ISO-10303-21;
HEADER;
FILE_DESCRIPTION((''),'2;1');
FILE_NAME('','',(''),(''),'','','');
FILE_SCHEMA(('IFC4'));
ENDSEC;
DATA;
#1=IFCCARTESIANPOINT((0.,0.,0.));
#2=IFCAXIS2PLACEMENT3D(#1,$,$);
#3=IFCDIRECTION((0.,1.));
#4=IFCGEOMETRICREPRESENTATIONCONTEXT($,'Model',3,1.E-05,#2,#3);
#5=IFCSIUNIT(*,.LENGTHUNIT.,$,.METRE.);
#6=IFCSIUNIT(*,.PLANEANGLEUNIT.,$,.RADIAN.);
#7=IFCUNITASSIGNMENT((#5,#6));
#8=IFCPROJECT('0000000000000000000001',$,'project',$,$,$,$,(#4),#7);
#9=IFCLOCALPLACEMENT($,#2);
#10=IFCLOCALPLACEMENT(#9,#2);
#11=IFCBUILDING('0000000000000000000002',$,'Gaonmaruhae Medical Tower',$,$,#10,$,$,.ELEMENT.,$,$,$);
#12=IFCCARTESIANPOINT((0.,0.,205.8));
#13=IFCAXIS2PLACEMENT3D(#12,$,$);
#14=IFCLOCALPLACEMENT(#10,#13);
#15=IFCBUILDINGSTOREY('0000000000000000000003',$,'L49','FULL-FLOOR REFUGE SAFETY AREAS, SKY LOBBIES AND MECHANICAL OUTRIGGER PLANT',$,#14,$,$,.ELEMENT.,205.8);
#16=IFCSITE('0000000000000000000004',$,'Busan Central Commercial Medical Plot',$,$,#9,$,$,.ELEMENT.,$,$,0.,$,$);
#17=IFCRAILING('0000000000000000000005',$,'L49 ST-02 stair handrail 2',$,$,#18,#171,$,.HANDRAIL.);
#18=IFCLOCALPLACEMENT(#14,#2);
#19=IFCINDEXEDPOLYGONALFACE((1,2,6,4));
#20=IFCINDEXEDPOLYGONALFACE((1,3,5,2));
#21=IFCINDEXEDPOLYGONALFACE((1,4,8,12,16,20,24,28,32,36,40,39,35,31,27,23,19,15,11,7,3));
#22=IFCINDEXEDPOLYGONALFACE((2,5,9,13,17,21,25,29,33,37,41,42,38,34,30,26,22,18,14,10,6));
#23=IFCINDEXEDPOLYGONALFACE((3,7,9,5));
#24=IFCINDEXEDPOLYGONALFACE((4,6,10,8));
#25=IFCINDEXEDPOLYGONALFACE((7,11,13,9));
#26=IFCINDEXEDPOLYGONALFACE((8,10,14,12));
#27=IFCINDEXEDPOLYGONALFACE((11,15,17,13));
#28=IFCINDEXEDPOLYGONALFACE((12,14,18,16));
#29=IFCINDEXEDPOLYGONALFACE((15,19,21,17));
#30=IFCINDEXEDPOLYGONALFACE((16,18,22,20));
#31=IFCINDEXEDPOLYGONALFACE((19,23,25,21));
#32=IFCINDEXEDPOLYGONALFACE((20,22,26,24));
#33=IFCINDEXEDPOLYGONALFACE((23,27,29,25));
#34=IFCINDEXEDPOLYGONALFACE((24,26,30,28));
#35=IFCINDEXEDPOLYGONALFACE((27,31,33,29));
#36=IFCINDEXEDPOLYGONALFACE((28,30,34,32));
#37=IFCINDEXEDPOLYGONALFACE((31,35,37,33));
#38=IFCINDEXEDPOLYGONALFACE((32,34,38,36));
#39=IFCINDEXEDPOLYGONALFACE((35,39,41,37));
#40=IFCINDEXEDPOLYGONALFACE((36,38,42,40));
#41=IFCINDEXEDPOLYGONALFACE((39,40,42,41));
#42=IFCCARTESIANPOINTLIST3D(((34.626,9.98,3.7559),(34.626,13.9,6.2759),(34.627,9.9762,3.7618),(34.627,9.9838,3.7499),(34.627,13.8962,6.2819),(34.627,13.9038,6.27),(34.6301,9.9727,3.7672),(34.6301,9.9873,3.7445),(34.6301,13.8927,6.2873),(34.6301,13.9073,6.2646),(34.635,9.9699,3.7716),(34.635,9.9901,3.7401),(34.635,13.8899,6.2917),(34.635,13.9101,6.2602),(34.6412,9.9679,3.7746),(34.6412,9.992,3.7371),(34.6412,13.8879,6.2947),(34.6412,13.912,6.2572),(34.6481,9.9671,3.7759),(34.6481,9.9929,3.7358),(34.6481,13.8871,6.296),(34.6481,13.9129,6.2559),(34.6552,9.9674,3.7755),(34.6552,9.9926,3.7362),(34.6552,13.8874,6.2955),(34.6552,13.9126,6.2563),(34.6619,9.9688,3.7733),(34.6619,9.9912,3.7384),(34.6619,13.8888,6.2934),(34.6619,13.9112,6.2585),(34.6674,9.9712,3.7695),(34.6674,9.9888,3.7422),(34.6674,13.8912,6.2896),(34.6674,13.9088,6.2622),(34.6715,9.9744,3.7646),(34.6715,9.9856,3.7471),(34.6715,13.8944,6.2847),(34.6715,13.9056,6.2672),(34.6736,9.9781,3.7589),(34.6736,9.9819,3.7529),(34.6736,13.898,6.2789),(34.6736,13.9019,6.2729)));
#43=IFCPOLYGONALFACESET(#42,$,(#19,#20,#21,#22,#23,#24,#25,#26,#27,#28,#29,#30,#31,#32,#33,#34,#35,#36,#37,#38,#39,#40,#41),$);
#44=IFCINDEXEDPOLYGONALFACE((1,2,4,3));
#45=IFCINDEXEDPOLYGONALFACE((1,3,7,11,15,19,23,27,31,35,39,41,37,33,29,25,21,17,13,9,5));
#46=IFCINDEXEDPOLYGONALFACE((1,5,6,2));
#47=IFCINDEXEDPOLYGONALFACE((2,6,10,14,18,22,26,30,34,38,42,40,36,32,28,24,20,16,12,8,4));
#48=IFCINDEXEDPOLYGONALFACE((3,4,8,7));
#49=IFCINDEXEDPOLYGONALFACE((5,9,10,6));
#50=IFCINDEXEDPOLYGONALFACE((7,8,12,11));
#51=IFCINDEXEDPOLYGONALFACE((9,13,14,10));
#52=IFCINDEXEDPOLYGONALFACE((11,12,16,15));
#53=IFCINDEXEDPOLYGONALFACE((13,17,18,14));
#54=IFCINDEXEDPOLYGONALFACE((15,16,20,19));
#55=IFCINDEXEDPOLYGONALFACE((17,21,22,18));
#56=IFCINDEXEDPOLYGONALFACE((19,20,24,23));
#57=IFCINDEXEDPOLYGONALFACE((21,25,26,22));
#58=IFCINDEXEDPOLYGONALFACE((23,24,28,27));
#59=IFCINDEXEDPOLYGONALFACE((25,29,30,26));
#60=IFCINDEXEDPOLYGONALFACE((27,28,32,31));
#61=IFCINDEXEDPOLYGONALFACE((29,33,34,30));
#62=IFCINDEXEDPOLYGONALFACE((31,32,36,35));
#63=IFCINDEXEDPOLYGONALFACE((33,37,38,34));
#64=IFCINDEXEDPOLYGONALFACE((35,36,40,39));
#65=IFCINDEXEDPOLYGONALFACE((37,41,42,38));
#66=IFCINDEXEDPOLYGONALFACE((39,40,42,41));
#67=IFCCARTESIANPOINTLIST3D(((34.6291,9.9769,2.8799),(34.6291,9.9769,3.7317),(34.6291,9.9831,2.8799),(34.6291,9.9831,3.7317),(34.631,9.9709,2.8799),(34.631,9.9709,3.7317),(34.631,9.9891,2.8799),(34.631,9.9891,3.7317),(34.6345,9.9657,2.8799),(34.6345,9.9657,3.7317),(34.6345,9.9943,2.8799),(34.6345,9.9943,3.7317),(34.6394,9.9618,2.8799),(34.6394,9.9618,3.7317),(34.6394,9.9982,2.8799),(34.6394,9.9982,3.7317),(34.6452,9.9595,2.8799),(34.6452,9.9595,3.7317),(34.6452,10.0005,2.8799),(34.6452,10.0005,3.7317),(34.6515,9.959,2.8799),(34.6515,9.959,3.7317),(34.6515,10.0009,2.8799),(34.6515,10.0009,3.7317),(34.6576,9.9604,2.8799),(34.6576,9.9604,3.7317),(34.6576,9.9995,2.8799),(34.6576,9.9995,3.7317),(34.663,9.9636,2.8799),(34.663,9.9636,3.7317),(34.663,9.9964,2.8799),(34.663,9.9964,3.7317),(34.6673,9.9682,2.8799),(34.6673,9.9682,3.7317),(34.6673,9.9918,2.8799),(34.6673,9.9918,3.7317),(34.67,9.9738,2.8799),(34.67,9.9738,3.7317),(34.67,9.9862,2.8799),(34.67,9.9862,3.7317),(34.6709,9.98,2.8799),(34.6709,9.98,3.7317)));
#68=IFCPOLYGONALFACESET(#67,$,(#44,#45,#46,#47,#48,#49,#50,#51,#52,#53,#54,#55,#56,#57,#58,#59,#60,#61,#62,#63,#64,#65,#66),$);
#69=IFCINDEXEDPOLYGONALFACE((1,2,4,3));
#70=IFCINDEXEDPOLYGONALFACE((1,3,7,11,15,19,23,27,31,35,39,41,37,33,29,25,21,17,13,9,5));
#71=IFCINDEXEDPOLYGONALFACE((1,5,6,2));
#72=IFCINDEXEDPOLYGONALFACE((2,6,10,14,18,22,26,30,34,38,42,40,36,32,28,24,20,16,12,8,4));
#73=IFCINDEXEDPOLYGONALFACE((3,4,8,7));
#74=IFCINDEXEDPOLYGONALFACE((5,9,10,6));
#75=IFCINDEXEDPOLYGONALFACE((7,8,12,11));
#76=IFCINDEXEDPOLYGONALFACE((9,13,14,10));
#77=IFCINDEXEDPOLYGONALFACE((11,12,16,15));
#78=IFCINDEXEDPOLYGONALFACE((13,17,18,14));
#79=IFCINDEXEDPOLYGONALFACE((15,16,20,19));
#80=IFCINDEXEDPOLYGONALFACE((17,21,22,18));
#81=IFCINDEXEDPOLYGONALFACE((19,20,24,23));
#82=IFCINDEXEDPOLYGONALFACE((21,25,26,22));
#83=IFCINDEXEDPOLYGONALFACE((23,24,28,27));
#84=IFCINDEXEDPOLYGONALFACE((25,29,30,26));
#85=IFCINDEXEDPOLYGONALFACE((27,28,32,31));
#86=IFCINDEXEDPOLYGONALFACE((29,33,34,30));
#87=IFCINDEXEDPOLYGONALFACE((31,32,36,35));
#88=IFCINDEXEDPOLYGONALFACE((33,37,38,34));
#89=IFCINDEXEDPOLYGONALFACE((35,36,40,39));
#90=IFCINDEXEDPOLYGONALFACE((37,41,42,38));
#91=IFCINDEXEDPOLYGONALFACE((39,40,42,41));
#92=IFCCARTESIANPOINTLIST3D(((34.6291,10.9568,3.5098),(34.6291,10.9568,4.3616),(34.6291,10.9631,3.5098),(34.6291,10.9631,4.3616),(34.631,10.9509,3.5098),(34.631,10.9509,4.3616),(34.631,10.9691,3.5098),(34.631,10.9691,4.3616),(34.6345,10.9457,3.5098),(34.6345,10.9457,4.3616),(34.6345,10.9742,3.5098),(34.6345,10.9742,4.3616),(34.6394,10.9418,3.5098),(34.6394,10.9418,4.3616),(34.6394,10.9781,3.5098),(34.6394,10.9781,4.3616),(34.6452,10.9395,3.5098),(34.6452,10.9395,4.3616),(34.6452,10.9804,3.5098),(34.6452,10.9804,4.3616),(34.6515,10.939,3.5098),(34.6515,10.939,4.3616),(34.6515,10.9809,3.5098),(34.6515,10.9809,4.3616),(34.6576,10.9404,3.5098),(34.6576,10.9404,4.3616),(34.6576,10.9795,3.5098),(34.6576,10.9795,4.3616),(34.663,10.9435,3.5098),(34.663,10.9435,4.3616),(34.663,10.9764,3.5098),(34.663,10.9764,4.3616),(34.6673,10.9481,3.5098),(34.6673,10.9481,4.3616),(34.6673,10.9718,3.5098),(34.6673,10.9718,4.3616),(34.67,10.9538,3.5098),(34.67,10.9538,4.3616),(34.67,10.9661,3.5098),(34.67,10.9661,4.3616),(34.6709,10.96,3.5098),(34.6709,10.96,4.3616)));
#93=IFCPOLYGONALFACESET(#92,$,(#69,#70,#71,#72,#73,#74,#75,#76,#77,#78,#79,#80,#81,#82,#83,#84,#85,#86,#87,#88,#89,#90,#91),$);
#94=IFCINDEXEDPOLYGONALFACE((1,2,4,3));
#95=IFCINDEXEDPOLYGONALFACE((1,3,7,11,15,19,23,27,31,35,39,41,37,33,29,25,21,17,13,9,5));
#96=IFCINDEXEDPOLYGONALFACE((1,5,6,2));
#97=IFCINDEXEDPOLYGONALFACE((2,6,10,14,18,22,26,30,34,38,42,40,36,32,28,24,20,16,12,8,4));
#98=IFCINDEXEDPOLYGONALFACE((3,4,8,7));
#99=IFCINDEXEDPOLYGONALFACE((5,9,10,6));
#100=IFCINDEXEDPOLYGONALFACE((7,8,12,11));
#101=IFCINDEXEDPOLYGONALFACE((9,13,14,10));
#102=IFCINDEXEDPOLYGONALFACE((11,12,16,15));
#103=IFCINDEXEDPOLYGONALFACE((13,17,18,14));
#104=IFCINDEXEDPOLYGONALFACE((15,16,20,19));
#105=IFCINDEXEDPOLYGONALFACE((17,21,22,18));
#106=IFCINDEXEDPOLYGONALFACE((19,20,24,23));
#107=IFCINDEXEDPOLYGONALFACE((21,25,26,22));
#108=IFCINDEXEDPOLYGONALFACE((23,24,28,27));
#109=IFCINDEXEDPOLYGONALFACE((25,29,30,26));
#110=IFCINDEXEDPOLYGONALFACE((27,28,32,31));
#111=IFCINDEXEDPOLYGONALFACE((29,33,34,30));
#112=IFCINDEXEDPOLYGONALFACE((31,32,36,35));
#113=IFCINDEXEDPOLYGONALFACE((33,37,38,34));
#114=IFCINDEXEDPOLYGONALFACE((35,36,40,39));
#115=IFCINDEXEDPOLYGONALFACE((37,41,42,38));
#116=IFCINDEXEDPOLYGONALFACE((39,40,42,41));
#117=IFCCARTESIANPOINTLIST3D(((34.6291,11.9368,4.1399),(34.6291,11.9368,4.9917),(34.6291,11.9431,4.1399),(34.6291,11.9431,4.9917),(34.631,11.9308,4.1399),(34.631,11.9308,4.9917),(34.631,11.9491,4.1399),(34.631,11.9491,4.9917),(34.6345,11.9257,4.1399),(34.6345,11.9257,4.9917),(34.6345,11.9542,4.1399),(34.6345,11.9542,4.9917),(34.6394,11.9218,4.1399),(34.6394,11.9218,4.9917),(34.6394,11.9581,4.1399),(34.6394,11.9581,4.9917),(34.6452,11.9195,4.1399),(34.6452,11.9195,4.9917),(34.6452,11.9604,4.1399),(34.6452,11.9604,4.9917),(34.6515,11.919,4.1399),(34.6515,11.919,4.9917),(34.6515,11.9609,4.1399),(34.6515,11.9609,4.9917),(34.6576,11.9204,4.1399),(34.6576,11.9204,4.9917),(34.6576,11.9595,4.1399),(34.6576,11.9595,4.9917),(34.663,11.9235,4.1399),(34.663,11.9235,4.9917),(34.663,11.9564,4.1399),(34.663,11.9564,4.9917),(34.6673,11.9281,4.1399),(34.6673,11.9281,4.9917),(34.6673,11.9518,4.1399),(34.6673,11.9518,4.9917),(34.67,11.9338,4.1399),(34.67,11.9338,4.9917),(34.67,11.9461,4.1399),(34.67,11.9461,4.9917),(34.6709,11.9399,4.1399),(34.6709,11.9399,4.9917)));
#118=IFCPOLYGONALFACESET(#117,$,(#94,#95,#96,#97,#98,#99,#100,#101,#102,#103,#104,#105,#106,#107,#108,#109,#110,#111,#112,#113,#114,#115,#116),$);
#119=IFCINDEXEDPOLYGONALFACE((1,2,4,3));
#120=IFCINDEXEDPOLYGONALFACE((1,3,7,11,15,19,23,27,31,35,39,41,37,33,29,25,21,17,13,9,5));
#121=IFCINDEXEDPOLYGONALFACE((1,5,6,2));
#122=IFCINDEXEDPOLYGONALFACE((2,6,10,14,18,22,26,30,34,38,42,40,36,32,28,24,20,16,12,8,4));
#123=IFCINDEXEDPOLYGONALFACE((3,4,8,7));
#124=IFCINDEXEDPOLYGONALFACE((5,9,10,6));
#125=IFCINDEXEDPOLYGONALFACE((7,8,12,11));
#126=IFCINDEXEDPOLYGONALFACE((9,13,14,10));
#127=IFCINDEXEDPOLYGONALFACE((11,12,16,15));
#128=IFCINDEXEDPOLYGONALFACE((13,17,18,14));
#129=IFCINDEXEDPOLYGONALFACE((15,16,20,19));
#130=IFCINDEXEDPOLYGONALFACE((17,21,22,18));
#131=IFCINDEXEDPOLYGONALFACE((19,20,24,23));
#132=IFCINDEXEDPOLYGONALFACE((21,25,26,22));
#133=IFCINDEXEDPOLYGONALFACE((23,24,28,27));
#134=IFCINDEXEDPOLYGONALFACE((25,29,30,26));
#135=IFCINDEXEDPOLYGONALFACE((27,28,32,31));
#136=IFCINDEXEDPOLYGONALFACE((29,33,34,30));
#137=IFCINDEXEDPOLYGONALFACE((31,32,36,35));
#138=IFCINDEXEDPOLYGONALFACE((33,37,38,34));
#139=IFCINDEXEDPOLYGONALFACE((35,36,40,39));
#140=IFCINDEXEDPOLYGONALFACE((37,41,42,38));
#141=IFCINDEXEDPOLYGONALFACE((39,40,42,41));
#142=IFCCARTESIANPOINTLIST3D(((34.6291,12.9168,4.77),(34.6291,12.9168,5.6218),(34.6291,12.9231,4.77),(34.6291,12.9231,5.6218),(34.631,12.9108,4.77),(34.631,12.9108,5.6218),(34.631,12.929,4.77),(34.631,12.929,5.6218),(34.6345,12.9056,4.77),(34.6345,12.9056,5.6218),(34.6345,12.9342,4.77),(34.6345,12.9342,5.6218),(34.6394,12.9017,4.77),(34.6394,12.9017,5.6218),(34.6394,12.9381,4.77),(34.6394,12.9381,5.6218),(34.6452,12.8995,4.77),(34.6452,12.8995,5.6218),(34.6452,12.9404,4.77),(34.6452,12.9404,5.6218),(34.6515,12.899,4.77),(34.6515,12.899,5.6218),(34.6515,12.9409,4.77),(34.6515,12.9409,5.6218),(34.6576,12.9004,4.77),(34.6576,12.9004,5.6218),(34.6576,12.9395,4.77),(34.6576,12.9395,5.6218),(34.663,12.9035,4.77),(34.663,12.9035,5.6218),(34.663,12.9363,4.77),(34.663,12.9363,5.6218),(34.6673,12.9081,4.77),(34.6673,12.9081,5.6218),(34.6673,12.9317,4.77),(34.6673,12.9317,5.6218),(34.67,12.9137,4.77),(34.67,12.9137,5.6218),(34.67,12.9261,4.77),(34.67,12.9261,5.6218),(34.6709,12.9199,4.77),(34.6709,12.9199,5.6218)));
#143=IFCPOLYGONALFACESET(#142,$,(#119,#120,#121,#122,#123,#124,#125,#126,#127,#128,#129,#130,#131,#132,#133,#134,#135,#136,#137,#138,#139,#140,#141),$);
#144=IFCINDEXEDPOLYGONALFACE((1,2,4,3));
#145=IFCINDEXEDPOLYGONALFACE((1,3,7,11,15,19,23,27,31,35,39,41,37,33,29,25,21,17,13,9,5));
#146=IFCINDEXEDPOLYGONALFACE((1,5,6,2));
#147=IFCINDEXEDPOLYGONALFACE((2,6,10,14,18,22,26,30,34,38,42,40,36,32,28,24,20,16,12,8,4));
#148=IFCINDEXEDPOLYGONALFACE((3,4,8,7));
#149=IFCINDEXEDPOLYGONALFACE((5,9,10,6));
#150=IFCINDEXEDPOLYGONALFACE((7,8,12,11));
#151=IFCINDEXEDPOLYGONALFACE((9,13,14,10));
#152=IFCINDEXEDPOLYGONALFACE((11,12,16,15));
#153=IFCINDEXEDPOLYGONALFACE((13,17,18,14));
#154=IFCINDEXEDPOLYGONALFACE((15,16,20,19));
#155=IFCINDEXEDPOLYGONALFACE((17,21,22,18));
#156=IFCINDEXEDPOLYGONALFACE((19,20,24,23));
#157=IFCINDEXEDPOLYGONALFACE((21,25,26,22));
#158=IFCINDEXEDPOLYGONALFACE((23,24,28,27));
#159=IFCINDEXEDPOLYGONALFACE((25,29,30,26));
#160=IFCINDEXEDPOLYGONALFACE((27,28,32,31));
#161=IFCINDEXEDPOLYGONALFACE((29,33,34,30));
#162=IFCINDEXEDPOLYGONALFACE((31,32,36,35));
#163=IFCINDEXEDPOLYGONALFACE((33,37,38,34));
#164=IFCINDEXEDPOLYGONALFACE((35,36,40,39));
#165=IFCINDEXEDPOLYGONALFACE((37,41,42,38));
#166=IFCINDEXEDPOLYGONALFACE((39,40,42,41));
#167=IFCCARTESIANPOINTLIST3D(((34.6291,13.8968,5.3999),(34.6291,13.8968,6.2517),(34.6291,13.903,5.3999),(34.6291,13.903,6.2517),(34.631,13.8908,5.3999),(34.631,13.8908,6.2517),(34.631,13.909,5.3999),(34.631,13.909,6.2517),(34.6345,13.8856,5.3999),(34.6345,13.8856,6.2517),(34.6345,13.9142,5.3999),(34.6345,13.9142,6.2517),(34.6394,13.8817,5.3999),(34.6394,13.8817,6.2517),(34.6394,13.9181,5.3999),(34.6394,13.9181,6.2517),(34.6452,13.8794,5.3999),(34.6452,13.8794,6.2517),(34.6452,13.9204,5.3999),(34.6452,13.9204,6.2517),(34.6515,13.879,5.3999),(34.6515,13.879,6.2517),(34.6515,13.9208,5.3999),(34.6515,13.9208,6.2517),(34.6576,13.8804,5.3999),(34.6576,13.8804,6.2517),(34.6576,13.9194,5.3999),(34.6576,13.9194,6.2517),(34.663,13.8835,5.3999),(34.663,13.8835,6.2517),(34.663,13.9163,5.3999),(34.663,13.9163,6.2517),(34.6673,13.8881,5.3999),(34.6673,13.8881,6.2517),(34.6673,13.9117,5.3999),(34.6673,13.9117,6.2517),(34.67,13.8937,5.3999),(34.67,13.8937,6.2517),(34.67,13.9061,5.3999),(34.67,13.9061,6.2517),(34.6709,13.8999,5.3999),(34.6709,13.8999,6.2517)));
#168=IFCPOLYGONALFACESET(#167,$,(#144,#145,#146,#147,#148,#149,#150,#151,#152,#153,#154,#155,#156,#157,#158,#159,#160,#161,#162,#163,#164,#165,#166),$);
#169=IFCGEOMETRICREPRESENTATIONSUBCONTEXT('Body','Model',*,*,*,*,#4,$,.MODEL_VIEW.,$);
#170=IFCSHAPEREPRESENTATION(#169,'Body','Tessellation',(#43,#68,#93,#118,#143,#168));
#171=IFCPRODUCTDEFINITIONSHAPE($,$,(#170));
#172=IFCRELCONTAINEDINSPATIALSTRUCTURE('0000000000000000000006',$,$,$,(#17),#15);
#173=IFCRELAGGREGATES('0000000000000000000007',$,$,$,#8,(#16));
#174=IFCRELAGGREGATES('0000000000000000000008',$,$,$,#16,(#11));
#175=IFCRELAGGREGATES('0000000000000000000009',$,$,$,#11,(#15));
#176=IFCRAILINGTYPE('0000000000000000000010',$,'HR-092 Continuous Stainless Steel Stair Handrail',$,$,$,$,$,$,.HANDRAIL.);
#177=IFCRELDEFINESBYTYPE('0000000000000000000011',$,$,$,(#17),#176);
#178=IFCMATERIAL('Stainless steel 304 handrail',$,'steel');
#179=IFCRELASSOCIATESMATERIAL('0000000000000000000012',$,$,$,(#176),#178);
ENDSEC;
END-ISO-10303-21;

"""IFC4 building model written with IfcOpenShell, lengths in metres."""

from ifc_helpers import new_model, si_unit, direction, frame, origin, origin_2d, place, context, subcontext, project, spatial, circle, extrude, material, type_object, element, save


model = new_model("IFC4")

# Units and contexts
model_context = context("Model", 3, precision=1e-05, world=origin(), true_north=direction((0.0, 1.0)))
body_context = subcontext(model_context, "Body", "Model", "MODEL_VIEW")
ifc_project = project(units=[si_unit("LENGTHUNIT", "METRE"), si_unit("PLANEANGLEUNIT", "RADIAN")], contexts=[model_context])

# Site, building, storey
site_placement = place(None, origin())
site = spatial("IfcSite", under=ifc_project, at=site_placement, Name="Busan Central Commercial Medical Plot", CompositionType="ELEMENT", RefElevation=0.0)
building_placement = place(site_placement, origin())
building = spatial("IfcBuilding", under=site, at=building_placement, Name="Gaonmaruhae Medical Tower", CompositionType="ELEMENT")
storey_placement = place(building_placement, frame((0.0, 0.0, 205.8)))
storey = spatial("IfcBuildingStorey", under=building, at=storey_placement, Name="L49", Description="FULL-FLOOR REFUGE SAFETY AREAS, SKY LOBBIES AND MECHANICAL OUTRIGGER PLANT", CompositionType="ELEMENT", Elevation=205.8)

# Railing
ifc_material_1 = material(Name="Stainless steel 304 handrail", Category="steel")
railing_type_1 = type_object("IfcRailingType", Name="HR-092 Continuous Stainless Steel Stair Handrail", PredefinedType="HANDRAIL", material=ifc_material_1)
railing_1_placement = place(storey_placement, frame((34.6499, 9.98, 2.8799)))
element("IfcRailing", 1, at=railing_1_placement, inside=storey, type_object=railing_type_1, Name="L49 ST-02 stair handrail 2", PredefinedType="HANDRAIL", context=body_context, shape_type="SweptSolid", body=[
    extrude(circle(Radius=0.0239, at=origin_2d()), frame((0.0, 0.0, 0.876), z_axis=(0.0, 0.841172, 0.540768), x_axis=(-1.0, 0.0, 0.0)), (0.0, 0.0, 1.0), 4.6602),
    extrude(circle(Radius=0.021, at=origin_2d()), origin(), (0.0, 0.0, 1.0), 0.8518),
    extrude(circle(Radius=0.021, at=origin_2d()), frame((0.0, 0.98, 0.6299)), (0.0, 0.0, 1.0), 0.8518),
    extrude(circle(Radius=0.021, at=origin_2d()), frame((0.0, 1.96, 1.26)), (0.0, 0.0, 1.0), 0.8518),
    extrude(circle(Radius=0.021, at=origin_2d()), frame((0.0, 2.9399, 1.8901)), (0.0, 0.0, 1.0), 0.8518),
    extrude(circle(Radius=0.021, at=origin_2d()), frame((0.0, 3.9199, 2.52)), (0.0, 0.0, 1.0), 0.8518),
])

save(model, "model.ifc")
